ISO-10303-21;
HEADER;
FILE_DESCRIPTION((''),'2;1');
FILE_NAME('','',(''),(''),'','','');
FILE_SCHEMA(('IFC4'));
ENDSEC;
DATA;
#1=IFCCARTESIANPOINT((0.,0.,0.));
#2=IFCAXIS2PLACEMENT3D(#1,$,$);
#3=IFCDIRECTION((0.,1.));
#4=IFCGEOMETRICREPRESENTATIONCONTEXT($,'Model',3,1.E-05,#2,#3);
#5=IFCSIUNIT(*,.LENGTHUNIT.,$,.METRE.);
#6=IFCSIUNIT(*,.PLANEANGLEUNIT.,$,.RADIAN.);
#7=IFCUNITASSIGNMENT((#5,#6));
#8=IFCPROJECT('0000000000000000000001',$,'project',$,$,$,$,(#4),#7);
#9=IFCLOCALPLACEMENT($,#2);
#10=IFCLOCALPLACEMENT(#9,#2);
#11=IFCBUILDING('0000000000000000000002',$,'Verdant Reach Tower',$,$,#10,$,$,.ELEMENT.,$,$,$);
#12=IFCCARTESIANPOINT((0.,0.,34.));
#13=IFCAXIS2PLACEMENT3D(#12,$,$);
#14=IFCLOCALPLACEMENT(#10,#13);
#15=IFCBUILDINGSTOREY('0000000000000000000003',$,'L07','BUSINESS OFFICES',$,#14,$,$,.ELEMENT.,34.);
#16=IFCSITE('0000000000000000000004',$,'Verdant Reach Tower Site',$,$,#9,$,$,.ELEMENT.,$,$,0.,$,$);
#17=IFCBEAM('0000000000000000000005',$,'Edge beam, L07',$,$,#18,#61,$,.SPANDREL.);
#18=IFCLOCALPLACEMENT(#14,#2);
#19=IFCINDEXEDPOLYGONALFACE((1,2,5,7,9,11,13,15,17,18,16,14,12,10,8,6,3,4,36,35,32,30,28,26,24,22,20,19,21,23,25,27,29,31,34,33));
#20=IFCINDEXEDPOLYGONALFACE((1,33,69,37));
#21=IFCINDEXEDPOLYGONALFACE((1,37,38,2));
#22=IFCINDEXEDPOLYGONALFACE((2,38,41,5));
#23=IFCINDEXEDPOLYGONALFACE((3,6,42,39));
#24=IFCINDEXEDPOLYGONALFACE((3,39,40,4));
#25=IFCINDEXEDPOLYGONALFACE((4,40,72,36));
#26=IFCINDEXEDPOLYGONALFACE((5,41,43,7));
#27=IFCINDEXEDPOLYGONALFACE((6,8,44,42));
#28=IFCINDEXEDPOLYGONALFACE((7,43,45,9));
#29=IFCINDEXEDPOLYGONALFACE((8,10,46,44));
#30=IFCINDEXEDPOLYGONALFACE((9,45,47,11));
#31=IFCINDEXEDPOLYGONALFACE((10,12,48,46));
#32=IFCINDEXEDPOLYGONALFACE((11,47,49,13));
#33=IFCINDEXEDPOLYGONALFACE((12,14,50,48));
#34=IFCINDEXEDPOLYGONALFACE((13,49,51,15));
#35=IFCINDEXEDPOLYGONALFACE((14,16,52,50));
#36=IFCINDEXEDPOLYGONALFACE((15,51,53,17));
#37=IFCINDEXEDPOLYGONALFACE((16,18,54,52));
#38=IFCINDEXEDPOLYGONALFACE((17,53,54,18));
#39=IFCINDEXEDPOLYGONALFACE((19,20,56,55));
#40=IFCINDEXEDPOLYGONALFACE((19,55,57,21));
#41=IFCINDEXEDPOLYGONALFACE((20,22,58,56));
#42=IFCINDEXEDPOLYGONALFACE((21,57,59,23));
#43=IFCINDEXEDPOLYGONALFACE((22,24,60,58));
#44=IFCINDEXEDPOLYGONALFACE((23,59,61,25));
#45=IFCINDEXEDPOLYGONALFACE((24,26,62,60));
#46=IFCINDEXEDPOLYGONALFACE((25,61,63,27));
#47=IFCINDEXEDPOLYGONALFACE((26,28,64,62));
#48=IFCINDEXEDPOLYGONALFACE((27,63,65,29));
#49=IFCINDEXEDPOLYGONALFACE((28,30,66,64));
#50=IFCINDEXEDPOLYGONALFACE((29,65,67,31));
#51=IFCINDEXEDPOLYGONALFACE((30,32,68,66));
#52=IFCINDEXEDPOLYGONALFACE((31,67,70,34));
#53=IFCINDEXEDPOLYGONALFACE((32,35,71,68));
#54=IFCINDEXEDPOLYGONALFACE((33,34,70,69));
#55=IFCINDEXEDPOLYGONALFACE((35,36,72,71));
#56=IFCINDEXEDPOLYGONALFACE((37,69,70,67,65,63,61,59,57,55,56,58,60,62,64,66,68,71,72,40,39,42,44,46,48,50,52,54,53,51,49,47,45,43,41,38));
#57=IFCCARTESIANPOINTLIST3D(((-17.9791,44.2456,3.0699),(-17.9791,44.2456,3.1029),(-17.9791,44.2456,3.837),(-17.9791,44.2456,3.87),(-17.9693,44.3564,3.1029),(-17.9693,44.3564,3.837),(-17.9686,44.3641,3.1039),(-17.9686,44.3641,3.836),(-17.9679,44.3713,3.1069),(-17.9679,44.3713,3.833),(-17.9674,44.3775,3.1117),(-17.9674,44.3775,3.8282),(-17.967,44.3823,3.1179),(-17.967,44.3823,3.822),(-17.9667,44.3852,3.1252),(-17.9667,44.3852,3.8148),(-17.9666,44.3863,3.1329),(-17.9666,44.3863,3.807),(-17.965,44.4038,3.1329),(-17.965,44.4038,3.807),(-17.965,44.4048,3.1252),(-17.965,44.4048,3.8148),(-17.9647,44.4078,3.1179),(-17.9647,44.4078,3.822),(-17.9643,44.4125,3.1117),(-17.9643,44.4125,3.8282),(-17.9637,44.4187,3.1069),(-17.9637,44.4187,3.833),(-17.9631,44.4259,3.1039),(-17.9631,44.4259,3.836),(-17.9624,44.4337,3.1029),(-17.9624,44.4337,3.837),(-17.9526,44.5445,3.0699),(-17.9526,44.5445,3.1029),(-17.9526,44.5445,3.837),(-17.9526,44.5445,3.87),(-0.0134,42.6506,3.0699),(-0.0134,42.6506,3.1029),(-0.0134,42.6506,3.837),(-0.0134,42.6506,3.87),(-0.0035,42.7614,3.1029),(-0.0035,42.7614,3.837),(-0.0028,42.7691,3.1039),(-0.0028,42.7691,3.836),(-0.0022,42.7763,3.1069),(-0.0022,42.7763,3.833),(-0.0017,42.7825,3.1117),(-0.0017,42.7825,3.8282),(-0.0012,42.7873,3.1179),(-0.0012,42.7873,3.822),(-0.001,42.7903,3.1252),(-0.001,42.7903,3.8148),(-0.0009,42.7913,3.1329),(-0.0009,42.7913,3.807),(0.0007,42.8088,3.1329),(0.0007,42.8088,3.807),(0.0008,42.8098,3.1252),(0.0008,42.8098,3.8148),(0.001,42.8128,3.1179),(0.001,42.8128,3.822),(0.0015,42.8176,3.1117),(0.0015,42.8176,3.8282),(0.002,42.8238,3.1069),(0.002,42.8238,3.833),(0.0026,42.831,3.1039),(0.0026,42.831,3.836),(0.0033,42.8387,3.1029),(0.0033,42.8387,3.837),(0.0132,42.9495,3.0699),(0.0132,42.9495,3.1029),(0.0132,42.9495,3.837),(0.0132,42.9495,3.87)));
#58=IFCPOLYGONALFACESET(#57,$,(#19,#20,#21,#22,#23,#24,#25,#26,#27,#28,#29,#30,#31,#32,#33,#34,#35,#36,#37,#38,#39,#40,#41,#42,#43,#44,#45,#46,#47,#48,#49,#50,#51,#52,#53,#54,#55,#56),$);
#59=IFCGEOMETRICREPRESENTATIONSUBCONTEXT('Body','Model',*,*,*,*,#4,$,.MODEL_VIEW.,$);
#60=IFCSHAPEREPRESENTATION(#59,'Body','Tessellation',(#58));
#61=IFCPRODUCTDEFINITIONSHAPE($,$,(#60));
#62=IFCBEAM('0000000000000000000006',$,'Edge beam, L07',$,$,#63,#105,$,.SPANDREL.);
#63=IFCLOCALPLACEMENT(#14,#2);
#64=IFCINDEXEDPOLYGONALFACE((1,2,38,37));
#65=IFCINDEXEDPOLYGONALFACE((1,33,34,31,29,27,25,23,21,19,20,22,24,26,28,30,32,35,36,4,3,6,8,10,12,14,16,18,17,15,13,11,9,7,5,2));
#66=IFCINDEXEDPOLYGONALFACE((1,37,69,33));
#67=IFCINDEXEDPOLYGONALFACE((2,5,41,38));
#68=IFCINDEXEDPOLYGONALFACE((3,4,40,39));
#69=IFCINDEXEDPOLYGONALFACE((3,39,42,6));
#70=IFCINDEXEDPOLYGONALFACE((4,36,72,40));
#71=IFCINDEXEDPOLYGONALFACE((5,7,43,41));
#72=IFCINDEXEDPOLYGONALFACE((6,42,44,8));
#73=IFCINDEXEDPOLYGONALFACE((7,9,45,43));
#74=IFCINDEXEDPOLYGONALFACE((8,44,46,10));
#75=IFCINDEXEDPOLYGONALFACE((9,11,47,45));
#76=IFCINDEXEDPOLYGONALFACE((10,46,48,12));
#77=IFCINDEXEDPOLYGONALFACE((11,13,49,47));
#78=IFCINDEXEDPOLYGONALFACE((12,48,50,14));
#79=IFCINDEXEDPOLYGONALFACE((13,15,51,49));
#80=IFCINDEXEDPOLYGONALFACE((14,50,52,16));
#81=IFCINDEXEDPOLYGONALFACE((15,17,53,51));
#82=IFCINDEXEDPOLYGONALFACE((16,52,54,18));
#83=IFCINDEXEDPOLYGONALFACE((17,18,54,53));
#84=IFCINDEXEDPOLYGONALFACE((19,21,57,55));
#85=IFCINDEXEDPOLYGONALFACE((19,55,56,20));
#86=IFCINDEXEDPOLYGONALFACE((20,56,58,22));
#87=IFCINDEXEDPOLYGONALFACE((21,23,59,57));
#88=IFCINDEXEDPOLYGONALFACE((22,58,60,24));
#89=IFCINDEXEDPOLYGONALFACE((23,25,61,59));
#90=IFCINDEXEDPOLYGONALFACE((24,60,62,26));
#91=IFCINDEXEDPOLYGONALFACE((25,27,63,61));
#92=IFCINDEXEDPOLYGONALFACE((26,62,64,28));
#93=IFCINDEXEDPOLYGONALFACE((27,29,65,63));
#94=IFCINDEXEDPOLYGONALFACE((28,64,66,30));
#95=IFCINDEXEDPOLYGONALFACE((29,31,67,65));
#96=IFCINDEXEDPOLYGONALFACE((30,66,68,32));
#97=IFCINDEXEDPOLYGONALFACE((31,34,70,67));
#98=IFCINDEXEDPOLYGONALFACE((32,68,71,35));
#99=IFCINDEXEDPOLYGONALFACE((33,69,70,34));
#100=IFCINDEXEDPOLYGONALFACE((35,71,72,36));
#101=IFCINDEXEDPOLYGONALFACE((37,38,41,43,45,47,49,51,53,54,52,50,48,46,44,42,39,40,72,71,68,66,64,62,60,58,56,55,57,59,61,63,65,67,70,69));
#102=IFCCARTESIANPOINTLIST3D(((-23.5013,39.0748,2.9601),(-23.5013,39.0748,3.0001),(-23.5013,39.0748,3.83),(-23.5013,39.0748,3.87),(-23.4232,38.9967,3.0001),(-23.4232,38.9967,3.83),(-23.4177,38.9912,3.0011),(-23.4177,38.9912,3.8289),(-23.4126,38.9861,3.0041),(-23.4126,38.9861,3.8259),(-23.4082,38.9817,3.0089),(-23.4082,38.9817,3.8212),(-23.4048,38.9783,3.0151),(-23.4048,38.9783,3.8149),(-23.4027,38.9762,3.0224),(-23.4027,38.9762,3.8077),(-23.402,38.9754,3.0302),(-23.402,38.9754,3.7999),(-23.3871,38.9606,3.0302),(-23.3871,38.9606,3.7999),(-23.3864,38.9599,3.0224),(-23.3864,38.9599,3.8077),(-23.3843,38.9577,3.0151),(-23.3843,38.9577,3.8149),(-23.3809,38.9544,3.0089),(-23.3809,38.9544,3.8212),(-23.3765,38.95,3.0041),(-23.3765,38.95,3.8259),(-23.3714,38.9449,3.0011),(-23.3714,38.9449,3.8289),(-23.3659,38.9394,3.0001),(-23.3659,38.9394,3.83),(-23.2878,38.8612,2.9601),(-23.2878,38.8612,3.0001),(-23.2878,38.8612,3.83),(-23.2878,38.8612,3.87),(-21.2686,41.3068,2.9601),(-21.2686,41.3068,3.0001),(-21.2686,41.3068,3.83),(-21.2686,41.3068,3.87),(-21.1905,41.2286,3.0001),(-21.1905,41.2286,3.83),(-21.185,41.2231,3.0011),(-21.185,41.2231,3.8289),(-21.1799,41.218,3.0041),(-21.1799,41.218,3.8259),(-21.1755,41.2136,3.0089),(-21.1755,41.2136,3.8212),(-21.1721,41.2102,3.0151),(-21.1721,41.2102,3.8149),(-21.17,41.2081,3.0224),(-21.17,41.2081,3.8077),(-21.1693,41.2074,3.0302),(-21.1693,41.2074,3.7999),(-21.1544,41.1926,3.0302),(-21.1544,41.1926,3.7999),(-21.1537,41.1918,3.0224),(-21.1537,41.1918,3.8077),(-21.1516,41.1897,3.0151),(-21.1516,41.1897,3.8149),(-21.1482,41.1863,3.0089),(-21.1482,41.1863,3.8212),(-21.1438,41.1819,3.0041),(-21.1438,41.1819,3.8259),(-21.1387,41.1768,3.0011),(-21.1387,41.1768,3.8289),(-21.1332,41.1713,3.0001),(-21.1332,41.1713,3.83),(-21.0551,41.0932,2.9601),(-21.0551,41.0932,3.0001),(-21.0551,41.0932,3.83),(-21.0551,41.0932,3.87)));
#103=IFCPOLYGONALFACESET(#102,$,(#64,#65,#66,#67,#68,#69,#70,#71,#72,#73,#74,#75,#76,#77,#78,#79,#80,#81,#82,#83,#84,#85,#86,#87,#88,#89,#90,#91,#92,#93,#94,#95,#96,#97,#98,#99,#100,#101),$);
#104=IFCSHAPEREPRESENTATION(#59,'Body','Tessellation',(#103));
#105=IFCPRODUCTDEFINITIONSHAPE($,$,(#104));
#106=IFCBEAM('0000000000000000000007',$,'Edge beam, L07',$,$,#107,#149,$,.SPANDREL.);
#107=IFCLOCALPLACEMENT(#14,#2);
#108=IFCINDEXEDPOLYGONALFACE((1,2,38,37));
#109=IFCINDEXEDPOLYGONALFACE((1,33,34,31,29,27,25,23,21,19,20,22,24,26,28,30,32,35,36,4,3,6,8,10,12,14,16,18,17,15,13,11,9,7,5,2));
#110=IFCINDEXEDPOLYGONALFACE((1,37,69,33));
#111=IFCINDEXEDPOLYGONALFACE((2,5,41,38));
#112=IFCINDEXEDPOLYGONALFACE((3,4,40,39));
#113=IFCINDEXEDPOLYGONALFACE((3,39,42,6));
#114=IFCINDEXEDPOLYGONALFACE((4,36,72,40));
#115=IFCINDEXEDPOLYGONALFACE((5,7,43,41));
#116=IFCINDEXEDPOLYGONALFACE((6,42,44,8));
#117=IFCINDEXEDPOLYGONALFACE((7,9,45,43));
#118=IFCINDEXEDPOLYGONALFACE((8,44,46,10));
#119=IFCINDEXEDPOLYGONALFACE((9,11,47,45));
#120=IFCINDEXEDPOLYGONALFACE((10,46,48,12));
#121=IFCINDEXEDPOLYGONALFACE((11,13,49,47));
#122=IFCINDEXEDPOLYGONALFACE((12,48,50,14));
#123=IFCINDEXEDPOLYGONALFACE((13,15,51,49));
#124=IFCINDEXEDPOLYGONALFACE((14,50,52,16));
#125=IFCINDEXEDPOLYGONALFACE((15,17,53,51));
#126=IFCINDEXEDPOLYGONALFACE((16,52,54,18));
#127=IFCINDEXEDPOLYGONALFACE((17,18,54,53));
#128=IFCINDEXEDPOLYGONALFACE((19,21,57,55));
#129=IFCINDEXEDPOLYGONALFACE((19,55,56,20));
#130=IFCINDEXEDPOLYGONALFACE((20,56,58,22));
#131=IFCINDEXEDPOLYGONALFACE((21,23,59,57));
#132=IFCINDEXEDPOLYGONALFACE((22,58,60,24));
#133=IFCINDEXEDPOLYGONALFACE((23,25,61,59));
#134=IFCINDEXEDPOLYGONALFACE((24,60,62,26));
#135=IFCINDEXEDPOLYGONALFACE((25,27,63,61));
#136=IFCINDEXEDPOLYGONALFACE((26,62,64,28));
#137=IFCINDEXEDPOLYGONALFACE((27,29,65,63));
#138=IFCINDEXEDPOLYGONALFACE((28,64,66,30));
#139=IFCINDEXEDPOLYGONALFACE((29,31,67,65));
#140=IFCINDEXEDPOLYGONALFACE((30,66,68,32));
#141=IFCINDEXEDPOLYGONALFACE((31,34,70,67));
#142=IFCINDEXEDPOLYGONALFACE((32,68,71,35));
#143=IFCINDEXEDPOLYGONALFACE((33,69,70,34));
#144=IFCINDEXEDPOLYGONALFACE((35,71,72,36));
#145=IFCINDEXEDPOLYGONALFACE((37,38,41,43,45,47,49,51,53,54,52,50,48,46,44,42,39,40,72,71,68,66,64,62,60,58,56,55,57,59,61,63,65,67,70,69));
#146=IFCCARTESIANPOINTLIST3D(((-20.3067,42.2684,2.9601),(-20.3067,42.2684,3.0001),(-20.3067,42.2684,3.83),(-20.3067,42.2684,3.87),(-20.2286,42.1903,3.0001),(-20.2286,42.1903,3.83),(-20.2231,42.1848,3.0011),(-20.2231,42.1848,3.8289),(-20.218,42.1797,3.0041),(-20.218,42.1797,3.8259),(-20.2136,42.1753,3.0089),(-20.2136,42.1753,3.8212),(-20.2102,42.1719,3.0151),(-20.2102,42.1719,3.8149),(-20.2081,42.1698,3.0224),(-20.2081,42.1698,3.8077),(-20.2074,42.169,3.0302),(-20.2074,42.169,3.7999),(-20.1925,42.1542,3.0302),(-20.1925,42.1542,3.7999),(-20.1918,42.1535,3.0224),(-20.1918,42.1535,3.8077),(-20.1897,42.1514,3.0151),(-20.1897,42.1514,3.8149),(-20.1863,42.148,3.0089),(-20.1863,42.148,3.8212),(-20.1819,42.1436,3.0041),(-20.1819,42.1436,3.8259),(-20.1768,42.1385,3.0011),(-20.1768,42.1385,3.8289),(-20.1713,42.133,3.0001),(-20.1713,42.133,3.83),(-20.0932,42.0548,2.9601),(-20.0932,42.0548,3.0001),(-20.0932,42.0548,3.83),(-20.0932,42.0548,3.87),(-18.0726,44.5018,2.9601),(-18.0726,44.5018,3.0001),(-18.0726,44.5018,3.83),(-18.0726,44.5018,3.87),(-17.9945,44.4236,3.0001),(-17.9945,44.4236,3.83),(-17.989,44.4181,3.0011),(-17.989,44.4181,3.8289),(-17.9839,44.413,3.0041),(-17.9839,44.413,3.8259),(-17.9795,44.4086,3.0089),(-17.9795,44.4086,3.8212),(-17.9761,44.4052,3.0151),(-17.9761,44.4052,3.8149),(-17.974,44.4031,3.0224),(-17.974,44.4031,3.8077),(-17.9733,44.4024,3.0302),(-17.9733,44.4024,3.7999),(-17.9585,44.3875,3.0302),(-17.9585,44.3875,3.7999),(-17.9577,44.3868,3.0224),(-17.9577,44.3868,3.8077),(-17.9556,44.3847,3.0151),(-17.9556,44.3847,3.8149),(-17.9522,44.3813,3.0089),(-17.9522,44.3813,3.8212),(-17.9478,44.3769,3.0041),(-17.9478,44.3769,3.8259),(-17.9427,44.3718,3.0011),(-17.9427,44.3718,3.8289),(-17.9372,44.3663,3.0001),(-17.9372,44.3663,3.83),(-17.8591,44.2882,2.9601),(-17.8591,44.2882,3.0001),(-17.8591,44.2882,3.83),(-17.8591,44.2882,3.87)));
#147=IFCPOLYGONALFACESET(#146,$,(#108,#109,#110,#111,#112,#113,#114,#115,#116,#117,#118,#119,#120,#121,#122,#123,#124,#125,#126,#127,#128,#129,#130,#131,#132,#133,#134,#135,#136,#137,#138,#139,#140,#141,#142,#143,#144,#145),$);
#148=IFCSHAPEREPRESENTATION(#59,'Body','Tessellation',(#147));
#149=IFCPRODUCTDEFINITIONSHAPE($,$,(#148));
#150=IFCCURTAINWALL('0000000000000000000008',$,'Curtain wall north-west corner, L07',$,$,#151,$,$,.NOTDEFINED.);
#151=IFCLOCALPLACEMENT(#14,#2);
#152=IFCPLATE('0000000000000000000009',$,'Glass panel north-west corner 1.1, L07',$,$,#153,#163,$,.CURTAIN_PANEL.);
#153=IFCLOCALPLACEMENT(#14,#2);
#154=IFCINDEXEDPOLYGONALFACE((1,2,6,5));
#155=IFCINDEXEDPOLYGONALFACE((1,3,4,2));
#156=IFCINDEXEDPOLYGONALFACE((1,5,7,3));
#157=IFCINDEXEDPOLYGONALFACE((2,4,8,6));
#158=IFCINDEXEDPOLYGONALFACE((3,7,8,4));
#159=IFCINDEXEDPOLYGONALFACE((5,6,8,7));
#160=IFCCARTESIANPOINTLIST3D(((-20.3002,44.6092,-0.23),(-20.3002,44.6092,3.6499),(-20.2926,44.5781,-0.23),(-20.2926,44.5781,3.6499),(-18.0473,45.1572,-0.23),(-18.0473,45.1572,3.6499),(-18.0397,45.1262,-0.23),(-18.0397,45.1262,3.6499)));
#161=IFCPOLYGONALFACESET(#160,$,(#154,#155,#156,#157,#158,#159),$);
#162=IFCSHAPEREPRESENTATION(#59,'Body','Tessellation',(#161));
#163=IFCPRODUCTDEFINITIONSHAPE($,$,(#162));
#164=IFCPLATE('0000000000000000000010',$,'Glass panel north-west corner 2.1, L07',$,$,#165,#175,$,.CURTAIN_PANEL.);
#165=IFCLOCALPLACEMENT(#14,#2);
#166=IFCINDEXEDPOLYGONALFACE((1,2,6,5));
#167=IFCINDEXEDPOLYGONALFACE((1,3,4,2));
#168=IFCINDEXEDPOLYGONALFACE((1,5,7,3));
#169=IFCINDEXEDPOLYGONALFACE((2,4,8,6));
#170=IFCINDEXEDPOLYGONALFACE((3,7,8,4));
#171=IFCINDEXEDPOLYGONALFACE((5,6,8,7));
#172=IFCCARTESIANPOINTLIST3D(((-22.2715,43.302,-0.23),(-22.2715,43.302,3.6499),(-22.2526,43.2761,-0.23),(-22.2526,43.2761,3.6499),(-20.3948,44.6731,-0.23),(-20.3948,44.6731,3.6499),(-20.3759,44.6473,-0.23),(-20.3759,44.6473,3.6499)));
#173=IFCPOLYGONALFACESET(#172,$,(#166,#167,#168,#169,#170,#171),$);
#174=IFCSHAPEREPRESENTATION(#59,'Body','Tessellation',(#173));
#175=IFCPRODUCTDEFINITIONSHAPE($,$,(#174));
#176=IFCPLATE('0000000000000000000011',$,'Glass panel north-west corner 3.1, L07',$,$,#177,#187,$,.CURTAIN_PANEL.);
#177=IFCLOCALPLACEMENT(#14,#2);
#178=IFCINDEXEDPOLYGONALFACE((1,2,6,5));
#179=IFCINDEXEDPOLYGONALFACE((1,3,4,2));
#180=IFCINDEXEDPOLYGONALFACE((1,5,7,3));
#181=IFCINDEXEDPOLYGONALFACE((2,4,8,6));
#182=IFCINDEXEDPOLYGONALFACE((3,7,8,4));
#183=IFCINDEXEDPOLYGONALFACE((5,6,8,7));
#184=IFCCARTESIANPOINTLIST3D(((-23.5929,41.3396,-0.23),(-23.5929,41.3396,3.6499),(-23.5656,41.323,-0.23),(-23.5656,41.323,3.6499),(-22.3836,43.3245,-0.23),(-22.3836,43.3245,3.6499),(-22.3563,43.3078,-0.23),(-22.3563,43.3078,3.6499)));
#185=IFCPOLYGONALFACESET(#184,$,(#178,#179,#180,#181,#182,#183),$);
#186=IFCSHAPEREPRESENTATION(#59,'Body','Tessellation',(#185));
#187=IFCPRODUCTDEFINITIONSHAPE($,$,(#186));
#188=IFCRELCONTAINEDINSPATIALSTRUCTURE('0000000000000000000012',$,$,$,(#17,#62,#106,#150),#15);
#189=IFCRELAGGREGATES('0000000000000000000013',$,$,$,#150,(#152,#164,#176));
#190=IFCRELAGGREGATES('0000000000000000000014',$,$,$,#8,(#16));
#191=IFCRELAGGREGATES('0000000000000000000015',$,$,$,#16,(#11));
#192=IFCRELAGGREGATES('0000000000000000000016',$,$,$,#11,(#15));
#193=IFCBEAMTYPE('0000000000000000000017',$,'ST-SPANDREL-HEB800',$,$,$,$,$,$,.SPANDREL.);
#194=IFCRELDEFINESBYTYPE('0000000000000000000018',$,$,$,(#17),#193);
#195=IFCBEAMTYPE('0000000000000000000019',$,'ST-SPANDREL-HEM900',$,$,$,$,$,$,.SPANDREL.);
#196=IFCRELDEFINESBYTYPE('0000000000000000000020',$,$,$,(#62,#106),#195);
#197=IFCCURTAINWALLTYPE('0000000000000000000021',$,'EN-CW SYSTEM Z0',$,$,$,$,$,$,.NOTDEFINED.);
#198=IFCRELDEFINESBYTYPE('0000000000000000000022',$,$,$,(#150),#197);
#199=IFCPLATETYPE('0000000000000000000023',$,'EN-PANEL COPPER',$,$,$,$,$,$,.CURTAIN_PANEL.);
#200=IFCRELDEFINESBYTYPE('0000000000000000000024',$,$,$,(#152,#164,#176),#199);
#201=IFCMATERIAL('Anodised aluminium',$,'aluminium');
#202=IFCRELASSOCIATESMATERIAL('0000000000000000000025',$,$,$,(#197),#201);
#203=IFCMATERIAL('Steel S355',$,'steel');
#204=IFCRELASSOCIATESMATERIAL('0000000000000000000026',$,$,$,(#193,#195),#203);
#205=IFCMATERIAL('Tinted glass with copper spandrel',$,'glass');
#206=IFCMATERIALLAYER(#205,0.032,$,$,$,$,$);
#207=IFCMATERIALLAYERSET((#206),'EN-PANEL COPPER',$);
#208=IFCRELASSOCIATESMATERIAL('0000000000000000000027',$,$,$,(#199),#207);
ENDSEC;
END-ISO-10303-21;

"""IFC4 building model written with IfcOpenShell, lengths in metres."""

from ifc_helpers import new_model, si_unit, direction, frame, origin, origin_2d, place, context, subcontext, project, spatial, rectangle, i_section, extrude, material, layer, layer_set, material_profile, profile_set, type_object, element, aggregate, save


model = new_model("IFC4")

# Units and contexts
model_context = context("Model", 3, precision=1e-05, world=origin(), true_north=direction((0.0, 1.0)))
body_context = subcontext(model_context, "Body", "Model", "MODEL_VIEW")
ifc_project = project(units=[si_unit("LENGTHUNIT", "METRE"), si_unit("PLANEANGLEUNIT", "RADIAN")], contexts=[model_context])

# Site, building, storey
site_placement = place(None, origin())
site = spatial("IfcSite", under=ifc_project, at=site_placement, Name="Verdant Reach Tower Site", CompositionType="ELEMENT", RefElevation=0.0)
building_placement = place(site_placement, origin())
building = spatial("IfcBuilding", under=site, at=building_placement, Name="Verdant Reach Tower", CompositionType="ELEMENT")
storey_placement = place(building_placement, frame((0.0, 0.0, 34.0)))
storey = spatial("IfcBuildingStorey", under=building, at=storey_placement, Name="L07", Description="BUSINESS OFFICES", CompositionType="ELEMENT", Elevation=34.0)

# Shared definitions
ifc_material_1 = material(Name="Anodised aluminium", Category="aluminium")
curtain_wall_type = type_object("IfcCurtainWallType", Name="EN-CW SYSTEM Z0", PredefinedType="NOTDEFINED", material=ifc_material_1)

# Beams
ifc_material_2 = material(Name="Steel S355", Category="steel")
ifc_material_profile_1 = material_profile(ifc_material_2, i_section(OverallWidth=0.3, OverallDepth=0.8, WebThickness=0.0176, FlangeThickness=0.033, FilletRadius=0.03, at=origin_2d()), Name="HEB 800")
ifc_profile_set_1 = profile_set([ifc_material_profile_1], Name="Steel S355")
beam_type_1 = type_object("IfcBeamType", Name="ST-SPANDREL-HEB800", PredefinedType="SPANDREL", material=ifc_profile_set_1)
beam_1_placement = place(storey_placement, frame((-17.9658, 44.395, 3.47), z_axis=(0.996082, -0.08843, 0.0), x_axis=(0.08843, 0.996082, 0.0)))
element("IfcBeam", 1, at=beam_1_placement, inside=storey, type_object=beam_type_1, Name="Edge beam, L07", PredefinedType="SPANDREL", context=body_context, shape_type="SweptSolid", body=[
    extrude(i_section(OverallWidth=0.3, OverallDepth=0.8, WebThickness=0.0176, FlangeThickness=0.033, FilletRadius=0.03, at=origin_2d()), origin(), (0.0, 0.0, 1.0), 18.0364),
])
ifc_material_profile_2 = material_profile(ifc_material_2, i_section(OverallWidth=0.302, OverallDepth=0.9099, WebThickness=0.021, FlangeThickness=0.04, FilletRadius=0.03, at=origin_2d()), Name="HEM 900")
ifc_profile_set_2 = profile_set([ifc_material_profile_2], Name="Steel S355")
beam_type_2 = type_object("IfcBeamType", Name="ST-SPANDREL-HEM900", PredefinedType="SPANDREL", material=ifc_profile_set_2)
beam_2_placement = place(storey_placement, frame((-23.3945, 38.968, 3.415), z_axis=(0.707223, 0.706991, 0.0), x_axis=(-0.706991, 0.707223, 0.0)))
element("IfcBeam", 2, at=beam_2_placement, inside=storey, type_object=beam_type_2, Name="Edge beam, L07", PredefinedType="SPANDREL", context=body_context, shape_type="SweptSolid", body=[
    extrude(i_section(OverallWidth=0.302, OverallDepth=0.9099, WebThickness=0.021, FlangeThickness=0.04, FilletRadius=0.03, at=origin_2d()), origin(), (0.0, 0.0, 1.0), 3.157),
])
beam_3_placement = place(storey_placement, frame((-20.2, 42.1616, 3.415), z_axis=(0.707223, 0.706991, 0.0), x_axis=(-0.706991, 0.707223, 0.0)))
element("IfcBeam", 3, at=beam_3_placement, inside=storey, type_object=beam_type_2, Name="Edge beam, L07", PredefinedType="SPANDREL", context=body_context, shape_type="SweptSolid", body=[
    extrude(i_section(OverallWidth=0.302, OverallDepth=0.9099, WebThickness=0.021, FlangeThickness=0.04, FilletRadius=0.03, at=origin_2d()), origin(), (0.0, 0.0, 1.0), 3.1589),
])

# Curtain wall, plates
curtain_wall_1_placement = place(storey_placement, origin())
curtain_wall_1 = element("IfcCurtainWall", 4, at=curtain_wall_1_placement, inside=storey, type_object=curtain_wall_type, Name="Curtain wall north-west corner, L07", PredefinedType="NOTDEFINED")
ifc_material_3 = material(Name="Tinted glass with copper spandrel", Category="glass")
ifc_layer_1 = layer(ifc_material_3, 0.032)
ifc_layer_set_1 = layer_set([ifc_layer_1], Name="EN-PANEL COPPER")
plate_type_1 = type_object("IfcPlateType", Name="EN-PANEL COPPER", PredefinedType="CURTAIN_PANEL", material=ifc_layer_set_1)
plate_1_placement = place(storey_placement, frame((-19.1699, 44.8677, -0.23), z_axis=(0.0, 0.0, 1.0), x_axis=(-0.971663, -0.236369, 0.0)))
plate_1 = element("IfcPlate", 5, at=plate_1_placement, type_object=plate_type_1, Name="Glass panel north-west corner 1.1, L07", PredefinedType="CURTAIN_PANEL", context=body_context, shape_type="SweptSolid", body=[
    extrude(rectangle(XDim=2.3186, YDim=0.032, at=origin_2d()), origin(), (0.0, 0.0, 1.0), 3.8799),
])
plate_2_placement = place(storey_placement, frame((-21.3237, 43.9746, -0.23), z_axis=(0.0, 0.0, 1.0), x_axis=(-0.807457, -0.589927, 0.0)))
plate_2 = element("IfcPlate", 6, at=plate_2_placement, type_object=plate_type_1, Name="Glass panel north-west corner 2.1, L07", PredefinedType="CURTAIN_PANEL", context=body_context, shape_type="SweptSolid", body=[
    extrude(rectangle(XDim=2.3242, YDim=0.032, at=origin_2d()), origin(), (0.0, 0.0, 1.0), 3.8799),
])
plate_3_placement = place(storey_placement, frame((-22.9746, 42.3237, -0.23), z_axis=(0.0, 0.0, 1.0), x_axis=(-0.520292, -0.853989, 0.0)))
plate_3 = element("IfcPlate", 7, at=plate_3_placement, type_object=plate_type_1, Name="Glass panel north-west corner 3.1, L07", PredefinedType="CURTAIN_PANEL", context=body_context, shape_type="SweptSolid", body=[
    extrude(rectangle(XDim=2.3242, YDim=0.032, at=origin_2d()), origin(), (0.0, 0.0, 1.0), 3.8799),
])

aggregate(curtain_wall_1, [plate_1, plate_2, plate_3])

save(model, "model.ifc")
